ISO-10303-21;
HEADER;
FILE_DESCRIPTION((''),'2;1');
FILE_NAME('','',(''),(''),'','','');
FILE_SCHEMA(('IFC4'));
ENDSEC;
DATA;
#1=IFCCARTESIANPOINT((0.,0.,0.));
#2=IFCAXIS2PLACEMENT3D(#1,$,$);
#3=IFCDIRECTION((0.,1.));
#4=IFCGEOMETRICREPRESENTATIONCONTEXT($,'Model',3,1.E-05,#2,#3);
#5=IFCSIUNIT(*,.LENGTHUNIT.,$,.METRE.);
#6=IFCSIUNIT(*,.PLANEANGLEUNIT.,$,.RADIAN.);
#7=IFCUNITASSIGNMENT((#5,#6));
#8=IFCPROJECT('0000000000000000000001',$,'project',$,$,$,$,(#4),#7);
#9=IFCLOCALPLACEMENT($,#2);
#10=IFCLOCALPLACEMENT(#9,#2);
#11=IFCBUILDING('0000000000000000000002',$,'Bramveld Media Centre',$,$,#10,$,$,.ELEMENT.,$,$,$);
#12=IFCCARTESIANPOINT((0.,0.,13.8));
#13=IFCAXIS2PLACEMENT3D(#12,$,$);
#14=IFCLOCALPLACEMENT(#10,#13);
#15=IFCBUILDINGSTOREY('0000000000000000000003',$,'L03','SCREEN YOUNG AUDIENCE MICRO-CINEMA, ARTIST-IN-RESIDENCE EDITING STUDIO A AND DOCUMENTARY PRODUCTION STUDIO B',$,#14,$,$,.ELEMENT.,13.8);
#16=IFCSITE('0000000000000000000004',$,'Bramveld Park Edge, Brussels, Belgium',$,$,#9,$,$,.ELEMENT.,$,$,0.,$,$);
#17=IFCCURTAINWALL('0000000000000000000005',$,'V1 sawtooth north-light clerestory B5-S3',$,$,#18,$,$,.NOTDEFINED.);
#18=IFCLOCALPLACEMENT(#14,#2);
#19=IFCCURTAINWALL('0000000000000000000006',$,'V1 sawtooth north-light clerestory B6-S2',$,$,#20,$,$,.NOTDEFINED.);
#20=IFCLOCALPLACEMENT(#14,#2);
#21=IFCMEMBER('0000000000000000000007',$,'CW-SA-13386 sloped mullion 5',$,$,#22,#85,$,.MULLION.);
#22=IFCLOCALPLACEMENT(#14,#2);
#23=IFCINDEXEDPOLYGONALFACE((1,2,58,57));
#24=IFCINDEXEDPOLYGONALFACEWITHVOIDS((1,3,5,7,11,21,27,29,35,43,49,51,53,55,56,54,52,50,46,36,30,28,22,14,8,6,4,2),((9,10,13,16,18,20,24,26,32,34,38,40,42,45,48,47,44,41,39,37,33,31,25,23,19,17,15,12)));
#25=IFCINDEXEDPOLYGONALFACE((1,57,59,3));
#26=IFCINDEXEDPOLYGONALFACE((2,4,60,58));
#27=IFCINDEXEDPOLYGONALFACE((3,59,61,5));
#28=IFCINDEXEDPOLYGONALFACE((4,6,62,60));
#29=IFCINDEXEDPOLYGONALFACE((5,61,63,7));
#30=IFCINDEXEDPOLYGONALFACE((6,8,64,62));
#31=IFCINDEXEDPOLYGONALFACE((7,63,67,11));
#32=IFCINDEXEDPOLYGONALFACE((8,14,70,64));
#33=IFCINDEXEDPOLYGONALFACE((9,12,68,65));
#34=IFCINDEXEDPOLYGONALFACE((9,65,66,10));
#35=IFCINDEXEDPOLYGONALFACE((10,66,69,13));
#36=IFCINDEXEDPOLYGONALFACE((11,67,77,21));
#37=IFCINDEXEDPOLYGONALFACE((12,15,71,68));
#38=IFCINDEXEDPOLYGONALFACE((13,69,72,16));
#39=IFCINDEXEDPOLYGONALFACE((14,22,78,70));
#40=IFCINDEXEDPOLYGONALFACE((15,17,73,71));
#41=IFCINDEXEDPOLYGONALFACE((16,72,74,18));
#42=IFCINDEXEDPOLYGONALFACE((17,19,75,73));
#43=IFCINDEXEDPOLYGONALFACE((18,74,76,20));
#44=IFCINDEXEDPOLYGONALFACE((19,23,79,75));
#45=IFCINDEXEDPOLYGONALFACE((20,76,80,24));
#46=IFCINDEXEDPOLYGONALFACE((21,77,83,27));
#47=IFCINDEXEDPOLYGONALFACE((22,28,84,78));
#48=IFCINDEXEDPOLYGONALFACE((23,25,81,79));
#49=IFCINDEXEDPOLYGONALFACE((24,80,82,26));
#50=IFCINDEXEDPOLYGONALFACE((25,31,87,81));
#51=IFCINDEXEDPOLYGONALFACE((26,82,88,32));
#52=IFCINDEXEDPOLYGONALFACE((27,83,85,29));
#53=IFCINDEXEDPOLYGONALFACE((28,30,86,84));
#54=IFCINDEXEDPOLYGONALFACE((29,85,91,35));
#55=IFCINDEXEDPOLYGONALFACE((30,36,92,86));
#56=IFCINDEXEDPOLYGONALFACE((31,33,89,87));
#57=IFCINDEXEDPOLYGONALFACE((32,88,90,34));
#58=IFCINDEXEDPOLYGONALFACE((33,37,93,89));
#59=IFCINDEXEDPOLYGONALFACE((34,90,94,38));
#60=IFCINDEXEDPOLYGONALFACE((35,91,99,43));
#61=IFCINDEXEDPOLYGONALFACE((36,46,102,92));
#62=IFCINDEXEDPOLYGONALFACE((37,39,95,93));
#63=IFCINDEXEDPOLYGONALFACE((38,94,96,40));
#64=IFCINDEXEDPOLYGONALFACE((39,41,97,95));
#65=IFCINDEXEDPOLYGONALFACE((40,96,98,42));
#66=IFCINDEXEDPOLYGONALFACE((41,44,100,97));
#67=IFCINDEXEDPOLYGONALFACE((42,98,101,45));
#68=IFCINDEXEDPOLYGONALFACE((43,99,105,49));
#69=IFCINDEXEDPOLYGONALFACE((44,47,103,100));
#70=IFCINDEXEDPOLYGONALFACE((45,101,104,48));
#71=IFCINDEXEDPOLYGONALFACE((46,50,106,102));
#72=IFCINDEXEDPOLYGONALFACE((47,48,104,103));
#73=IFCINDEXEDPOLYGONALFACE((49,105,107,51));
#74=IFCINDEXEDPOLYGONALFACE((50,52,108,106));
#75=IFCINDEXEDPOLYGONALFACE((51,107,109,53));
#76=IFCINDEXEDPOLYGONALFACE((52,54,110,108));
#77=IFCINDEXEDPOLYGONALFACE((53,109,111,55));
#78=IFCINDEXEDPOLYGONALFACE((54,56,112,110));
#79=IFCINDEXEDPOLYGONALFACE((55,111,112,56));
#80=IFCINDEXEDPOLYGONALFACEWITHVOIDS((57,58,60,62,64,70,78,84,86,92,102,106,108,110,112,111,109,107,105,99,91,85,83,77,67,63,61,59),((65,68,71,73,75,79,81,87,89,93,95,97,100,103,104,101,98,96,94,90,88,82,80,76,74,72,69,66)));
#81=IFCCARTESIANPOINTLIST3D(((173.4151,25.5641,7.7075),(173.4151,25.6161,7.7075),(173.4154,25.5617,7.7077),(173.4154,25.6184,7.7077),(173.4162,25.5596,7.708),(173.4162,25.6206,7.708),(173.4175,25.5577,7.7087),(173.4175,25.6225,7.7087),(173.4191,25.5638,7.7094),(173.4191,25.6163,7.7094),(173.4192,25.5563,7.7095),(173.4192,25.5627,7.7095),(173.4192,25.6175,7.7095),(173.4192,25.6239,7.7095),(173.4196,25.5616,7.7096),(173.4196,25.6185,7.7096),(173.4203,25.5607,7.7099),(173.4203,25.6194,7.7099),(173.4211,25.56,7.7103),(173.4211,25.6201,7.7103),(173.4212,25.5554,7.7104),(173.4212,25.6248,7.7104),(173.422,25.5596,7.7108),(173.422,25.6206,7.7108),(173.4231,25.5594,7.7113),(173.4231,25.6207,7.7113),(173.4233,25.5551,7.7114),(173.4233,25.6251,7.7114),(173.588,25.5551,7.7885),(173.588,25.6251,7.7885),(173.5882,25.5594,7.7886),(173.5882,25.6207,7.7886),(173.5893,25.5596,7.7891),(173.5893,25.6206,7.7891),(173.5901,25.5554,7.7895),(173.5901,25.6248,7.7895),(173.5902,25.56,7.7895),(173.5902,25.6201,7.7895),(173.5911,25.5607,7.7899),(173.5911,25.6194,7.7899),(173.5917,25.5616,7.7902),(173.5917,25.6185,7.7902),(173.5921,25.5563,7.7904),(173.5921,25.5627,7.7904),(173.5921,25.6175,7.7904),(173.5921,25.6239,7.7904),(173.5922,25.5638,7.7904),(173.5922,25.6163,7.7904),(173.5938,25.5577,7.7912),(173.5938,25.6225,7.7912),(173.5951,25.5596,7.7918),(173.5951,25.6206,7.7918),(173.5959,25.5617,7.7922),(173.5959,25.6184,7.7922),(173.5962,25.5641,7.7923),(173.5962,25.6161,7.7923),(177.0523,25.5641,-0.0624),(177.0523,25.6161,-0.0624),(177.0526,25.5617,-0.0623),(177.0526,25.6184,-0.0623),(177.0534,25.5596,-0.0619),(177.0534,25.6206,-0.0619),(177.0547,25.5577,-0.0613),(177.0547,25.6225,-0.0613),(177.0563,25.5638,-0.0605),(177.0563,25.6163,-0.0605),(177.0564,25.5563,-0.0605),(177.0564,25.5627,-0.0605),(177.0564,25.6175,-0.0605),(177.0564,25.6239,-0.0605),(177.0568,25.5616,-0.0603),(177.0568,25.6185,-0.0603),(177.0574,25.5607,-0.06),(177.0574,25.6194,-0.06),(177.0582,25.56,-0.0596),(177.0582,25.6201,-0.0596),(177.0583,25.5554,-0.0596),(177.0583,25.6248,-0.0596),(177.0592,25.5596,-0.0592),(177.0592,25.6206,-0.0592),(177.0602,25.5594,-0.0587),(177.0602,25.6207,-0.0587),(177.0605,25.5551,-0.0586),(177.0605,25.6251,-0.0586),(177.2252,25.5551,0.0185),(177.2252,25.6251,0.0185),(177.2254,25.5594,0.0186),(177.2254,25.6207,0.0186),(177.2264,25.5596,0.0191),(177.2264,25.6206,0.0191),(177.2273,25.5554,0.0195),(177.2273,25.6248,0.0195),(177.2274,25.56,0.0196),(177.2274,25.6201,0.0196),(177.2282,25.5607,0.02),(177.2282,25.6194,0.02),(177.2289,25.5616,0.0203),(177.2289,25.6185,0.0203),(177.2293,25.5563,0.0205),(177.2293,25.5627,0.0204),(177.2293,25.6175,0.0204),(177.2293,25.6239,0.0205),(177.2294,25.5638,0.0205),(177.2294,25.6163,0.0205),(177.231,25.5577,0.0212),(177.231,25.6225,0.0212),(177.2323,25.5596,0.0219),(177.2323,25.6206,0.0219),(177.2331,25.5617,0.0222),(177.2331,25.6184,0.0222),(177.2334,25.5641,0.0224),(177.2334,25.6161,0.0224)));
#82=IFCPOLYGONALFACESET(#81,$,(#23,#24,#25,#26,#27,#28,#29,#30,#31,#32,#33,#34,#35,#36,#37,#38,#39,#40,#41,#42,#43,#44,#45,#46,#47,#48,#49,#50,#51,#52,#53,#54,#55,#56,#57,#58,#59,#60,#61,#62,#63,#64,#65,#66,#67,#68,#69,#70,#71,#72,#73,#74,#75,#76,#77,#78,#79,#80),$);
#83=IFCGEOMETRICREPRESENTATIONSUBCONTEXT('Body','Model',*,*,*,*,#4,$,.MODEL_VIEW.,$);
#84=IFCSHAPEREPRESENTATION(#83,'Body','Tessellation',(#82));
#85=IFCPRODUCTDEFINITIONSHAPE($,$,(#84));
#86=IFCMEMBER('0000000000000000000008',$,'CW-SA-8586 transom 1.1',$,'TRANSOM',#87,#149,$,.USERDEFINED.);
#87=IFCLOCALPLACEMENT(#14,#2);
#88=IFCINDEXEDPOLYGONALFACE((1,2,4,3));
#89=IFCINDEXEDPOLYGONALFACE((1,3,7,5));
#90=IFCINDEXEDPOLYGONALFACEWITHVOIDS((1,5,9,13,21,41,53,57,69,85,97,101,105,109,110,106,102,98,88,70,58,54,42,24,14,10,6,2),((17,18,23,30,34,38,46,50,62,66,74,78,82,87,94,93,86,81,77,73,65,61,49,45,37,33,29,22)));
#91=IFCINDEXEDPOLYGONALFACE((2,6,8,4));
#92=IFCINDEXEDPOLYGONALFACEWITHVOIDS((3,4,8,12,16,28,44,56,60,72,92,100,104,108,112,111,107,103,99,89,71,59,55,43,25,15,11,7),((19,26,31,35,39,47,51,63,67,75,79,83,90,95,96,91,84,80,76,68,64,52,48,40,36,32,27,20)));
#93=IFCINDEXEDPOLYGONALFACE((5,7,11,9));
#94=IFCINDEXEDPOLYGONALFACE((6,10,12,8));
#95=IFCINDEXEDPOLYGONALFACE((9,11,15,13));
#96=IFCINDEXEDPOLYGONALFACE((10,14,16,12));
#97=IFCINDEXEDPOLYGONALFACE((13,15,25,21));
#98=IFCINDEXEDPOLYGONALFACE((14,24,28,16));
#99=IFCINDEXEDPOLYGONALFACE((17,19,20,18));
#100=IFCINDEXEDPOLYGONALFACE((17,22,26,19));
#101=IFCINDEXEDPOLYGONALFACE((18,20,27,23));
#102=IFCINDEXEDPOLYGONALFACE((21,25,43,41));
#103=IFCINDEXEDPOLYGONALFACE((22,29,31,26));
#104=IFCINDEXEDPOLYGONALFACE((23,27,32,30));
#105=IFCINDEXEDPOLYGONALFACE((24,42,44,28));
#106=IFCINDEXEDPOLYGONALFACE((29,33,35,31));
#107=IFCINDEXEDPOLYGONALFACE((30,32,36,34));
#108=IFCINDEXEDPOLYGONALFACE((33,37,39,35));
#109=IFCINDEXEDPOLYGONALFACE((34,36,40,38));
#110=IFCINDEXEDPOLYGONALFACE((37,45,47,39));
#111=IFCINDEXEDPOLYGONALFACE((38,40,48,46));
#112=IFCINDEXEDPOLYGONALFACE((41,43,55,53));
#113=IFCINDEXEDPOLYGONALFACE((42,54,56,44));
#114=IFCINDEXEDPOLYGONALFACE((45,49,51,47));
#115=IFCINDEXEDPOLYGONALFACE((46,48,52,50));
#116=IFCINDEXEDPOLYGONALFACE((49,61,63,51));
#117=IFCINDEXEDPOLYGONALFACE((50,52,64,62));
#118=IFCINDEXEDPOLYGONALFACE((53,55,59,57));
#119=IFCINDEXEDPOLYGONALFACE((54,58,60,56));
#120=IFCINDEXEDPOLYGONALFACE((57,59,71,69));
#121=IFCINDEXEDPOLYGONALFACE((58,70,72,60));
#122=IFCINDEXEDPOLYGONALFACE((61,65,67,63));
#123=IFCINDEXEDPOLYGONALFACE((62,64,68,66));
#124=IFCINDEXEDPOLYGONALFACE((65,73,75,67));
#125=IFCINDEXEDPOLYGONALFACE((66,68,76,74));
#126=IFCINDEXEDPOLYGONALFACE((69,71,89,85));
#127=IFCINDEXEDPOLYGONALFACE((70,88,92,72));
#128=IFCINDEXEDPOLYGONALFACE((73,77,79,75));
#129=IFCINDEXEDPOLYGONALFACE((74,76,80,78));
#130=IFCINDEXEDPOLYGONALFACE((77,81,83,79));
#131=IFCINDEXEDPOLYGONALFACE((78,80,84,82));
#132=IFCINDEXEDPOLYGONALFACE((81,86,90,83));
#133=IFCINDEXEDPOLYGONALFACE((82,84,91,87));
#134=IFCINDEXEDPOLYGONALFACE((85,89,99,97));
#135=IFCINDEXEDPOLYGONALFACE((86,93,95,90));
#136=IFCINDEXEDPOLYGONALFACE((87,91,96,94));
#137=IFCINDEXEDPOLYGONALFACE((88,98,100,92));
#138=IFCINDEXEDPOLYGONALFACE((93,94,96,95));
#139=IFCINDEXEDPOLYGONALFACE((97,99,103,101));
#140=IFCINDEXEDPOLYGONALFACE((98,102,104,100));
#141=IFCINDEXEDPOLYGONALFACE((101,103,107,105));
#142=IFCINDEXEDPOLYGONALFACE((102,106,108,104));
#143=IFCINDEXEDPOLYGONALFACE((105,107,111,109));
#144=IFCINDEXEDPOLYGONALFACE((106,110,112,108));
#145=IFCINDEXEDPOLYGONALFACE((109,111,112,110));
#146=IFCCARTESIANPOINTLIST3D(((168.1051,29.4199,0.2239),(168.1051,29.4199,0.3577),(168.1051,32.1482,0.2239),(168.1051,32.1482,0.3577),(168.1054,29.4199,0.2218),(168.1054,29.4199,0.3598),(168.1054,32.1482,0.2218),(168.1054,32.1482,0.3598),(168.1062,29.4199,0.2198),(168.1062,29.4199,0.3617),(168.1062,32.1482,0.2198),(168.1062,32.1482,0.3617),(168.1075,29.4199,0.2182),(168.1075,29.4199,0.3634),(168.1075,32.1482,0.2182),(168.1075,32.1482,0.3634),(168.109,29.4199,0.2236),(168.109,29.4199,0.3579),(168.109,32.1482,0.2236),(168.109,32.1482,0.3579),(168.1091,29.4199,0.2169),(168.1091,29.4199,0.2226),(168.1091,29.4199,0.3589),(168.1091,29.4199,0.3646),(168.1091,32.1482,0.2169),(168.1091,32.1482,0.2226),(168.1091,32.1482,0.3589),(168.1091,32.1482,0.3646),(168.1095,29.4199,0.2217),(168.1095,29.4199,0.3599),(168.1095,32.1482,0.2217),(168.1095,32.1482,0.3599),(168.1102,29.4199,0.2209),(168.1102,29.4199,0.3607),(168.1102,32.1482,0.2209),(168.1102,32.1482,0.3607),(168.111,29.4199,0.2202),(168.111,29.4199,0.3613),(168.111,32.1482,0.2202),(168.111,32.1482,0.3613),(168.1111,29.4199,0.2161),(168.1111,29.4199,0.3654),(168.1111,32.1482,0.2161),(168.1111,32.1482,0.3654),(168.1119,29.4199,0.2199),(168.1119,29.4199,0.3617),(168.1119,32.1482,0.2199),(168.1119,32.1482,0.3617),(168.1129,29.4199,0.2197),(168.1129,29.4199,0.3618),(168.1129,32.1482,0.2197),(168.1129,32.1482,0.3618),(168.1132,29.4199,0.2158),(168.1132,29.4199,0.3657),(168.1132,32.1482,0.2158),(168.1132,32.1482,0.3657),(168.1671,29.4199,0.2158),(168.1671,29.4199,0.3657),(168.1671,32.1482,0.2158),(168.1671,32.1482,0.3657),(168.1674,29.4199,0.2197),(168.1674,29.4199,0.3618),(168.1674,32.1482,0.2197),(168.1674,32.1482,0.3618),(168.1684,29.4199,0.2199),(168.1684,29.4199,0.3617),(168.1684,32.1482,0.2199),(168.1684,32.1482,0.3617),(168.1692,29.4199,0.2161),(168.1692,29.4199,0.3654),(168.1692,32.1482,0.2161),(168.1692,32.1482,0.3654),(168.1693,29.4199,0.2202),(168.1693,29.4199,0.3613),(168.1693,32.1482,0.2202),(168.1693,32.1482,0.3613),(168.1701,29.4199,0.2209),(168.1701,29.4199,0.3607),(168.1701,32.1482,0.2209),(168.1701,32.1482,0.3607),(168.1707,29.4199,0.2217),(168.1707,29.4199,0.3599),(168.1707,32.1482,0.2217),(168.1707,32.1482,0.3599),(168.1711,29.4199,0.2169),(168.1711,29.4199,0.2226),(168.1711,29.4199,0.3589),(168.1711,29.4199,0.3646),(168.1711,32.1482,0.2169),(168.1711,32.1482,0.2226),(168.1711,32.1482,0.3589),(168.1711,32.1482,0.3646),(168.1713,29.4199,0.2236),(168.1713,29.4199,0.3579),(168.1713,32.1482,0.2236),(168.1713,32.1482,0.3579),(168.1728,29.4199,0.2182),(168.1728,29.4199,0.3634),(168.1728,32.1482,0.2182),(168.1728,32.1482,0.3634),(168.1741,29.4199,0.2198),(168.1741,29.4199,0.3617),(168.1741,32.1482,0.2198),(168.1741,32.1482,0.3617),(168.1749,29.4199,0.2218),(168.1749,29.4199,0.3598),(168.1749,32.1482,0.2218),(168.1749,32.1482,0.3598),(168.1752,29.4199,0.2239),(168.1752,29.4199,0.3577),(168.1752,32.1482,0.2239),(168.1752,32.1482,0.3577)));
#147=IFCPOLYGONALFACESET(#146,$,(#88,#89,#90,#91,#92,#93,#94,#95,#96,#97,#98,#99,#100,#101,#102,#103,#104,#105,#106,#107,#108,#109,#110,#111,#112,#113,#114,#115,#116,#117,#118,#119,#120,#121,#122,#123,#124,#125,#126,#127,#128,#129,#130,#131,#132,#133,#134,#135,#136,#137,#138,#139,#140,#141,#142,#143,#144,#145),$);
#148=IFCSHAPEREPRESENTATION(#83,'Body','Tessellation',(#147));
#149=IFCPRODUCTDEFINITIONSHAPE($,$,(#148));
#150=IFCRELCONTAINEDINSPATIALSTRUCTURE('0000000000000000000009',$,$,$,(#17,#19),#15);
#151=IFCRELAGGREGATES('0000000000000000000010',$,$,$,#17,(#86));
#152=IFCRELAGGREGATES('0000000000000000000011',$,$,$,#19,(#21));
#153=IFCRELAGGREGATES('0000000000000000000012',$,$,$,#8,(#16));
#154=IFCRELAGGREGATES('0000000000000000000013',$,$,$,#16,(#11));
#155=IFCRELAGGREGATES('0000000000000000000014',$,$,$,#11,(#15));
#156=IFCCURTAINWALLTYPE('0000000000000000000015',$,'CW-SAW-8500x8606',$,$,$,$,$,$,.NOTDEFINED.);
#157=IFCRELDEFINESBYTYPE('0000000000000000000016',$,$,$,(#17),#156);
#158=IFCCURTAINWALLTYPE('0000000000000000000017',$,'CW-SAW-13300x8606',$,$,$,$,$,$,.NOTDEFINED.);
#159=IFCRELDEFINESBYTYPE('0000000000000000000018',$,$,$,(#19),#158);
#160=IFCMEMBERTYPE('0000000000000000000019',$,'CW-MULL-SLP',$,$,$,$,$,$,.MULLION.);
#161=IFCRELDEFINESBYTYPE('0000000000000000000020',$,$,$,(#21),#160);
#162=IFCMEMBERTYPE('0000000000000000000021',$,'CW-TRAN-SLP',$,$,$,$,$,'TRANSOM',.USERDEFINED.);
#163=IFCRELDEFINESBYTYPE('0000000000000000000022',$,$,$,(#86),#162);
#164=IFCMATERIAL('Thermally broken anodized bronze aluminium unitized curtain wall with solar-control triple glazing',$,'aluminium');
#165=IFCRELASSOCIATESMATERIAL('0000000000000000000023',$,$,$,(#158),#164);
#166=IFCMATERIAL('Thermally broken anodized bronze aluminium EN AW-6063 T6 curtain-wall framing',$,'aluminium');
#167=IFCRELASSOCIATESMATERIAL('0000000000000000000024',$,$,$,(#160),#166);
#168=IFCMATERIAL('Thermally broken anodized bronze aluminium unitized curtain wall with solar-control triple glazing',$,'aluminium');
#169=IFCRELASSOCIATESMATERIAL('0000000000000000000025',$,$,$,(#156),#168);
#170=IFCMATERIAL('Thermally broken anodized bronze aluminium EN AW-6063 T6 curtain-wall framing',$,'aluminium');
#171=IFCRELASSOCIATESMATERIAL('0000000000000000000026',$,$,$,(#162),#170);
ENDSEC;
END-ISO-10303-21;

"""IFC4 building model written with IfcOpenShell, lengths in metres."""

from ifc_helpers import new_model, si_unit, direction, frame, origin, origin_2d, place, context, subcontext, project, spatial, hollow_rectangle, extrude, material, material_profile, profile_set, type_object, element, aggregate, save


model = new_model("IFC4")

# Units and contexts
model_context = context("Model", 3, precision=1e-05, world=origin(), true_north=direction((0.0, 1.0)))
body_context = subcontext(model_context, "Body", "Model", "MODEL_VIEW")
ifc_project = project(units=[si_unit("LENGTHUNIT", "METRE"), si_unit("PLANEANGLEUNIT", "RADIAN")], contexts=[model_context])

# Site, building, storey
site_placement = place(None, origin())
site = spatial("IfcSite", under=ifc_project, at=site_placement, Name="Bramveld Park Edge, Brussels, Belgium", CompositionType="ELEMENT", RefElevation=0.0)
building_placement = place(site_placement, origin())
building = spatial("IfcBuilding", under=site, at=building_placement, Name="Bramveld Media Centre", CompositionType="ELEMENT")
storey_placement = place(building_placement, frame((0.0, 0.0, 13.8)))
storey = spatial("IfcBuildingStorey", under=building, at=storey_placement, Name="L03", Description="SCREEN YOUNG AUDIENCE MICRO-CINEMA, ARTIST-IN-RESIDENCE EDITING STUDIO A AND DOCUMENTARY PRODUCTION STUDIO B", CompositionType="ELEMENT", Elevation=13.8)

# Shared definitions
ifc_material_1 = material(Name="Thermally broken anodized bronze aluminium unitized curtain wall with solar-control triple glazing", Category="aluminium")
curtain_wall_type_1 = type_object("IfcCurtainWallType", Name="CW-SAW-13300x8606", PredefinedType="NOTDEFINED", material=ifc_material_1)
ifc_material_2 = material(Name="Thermally broken anodized bronze aluminium EN AW-6063 T6 curtain-wall framing", Category="aluminium")
ifc_material_profile_1 = material_profile(ifc_material_2, hollow_rectangle(XDim=0.0701, YDim=0.2, WallThickness=0.0044, InnerFilletRadius=0.0044, OuterFilletRadius=0.009, at=origin_2d()), Name="AL-MULL 70x200")
ifc_profile_set_1 = profile_set([ifc_material_profile_1], Name="Thermally broken anodized bronze aluminium EN AW-6063 T6 curtain-wall framing")
member_type_1 = type_object("IfcMemberType", Name="CW-MULL-SLP", PredefinedType="MULLION", material=ifc_profile_set_1)

# Curtain wall
ifc_material_3 = material(Name="Thermally broken anodized bronze aluminium unitized curtain wall with solar-control triple glazing", Category="aluminium")
curtain_wall_type_2 = type_object("IfcCurtainWallType", Name="CW-SAW-8500x8606", PredefinedType="NOTDEFINED", material=ifc_material_3)
curtain_wall_1_placement = place(storey_placement, origin())
curtain_wall_1 = element("IfcCurtainWall", 1, at=curtain_wall_1_placement, inside=storey, type_object=curtain_wall_type_2, Name="V1 sawtooth north-light clerestory B5-S3", PredefinedType="NOTDEFINED")

# Curtain wall, member
curtain_wall_2_placement = place(storey_placement, origin())
curtain_wall_2 = element("IfcCurtainWall", 2, at=curtain_wall_2_placement, inside=storey, type_object=curtain_wall_type_1, Name="V1 sawtooth north-light clerestory B6-S2", PredefinedType="NOTDEFINED")
member_1_placement = place(storey_placement, frame((177.1428, 25.5901, -0.02), z_axis=(-0.423957, 0.0, 0.905682), x_axis=(0.0, -1.0, 0.0)))
member_1 = element("IfcMember", 3, at=member_1_placement, type_object=member_type_1, Name="CW-SA-13386 sloped mullion 5", PredefinedType="MULLION", context=body_context, shape_type="SweptSolid", body=[
    extrude(hollow_rectangle(XDim=0.0701, YDim=0.2, WallThickness=0.0044, InnerFilletRadius=0.0044, OuterFilletRadius=0.009, at=origin_2d()), origin(), (0.0, 0.0, 1.0), 8.5791),
])

# Member
ifc_material_4 = material(Name="Thermally broken anodized bronze aluminium EN AW-6063 T6 curtain-wall framing", Category="aluminium")
ifc_material_profile_2 = material_profile(ifc_material_4, hollow_rectangle(XDim=0.0701, YDim=0.1499, WallThickness=0.0039, InnerFilletRadius=0.0039, OuterFilletRadius=0.0081, at=origin_2d()), Name="AL-TRAN 70x150")
ifc_profile_set_2 = profile_set([ifc_material_profile_2], Name="Thermally broken anodized bronze aluminium EN AW-6063 T6 curtain-wall framing")
member_type_2 = type_object("IfcMemberType", Name="CW-TRAN-SLP", ElementType="TRANSOM", PredefinedType="USERDEFINED", material=ifc_profile_set_2)
member_2_placement = place(storey_placement, frame((168.1401, 29.4199, 0.2908), z_axis=(0.0, 1.0, 0.0), x_axis=(-1.0, 0.0, 0.0)))
member_2 = element("IfcMember", 4, at=member_2_placement, type_object=member_type_2, Name="CW-SA-8586 transom 1.1", ObjectType="TRANSOM", PredefinedType="USERDEFINED", context=body_context, shape_type="SweptSolid", body=[
    extrude(hollow_rectangle(XDim=0.0701, YDim=0.1499, WallThickness=0.0039, InnerFilletRadius=0.0039, OuterFilletRadius=0.0081, at=origin_2d()), origin(), (0.0, 0.0, 1.0), 2.7283),
])
aggregate(curtain_wall_1, [member_2])

aggregate(curtain_wall_2, [member_1])

save(model, "model.ifc")
